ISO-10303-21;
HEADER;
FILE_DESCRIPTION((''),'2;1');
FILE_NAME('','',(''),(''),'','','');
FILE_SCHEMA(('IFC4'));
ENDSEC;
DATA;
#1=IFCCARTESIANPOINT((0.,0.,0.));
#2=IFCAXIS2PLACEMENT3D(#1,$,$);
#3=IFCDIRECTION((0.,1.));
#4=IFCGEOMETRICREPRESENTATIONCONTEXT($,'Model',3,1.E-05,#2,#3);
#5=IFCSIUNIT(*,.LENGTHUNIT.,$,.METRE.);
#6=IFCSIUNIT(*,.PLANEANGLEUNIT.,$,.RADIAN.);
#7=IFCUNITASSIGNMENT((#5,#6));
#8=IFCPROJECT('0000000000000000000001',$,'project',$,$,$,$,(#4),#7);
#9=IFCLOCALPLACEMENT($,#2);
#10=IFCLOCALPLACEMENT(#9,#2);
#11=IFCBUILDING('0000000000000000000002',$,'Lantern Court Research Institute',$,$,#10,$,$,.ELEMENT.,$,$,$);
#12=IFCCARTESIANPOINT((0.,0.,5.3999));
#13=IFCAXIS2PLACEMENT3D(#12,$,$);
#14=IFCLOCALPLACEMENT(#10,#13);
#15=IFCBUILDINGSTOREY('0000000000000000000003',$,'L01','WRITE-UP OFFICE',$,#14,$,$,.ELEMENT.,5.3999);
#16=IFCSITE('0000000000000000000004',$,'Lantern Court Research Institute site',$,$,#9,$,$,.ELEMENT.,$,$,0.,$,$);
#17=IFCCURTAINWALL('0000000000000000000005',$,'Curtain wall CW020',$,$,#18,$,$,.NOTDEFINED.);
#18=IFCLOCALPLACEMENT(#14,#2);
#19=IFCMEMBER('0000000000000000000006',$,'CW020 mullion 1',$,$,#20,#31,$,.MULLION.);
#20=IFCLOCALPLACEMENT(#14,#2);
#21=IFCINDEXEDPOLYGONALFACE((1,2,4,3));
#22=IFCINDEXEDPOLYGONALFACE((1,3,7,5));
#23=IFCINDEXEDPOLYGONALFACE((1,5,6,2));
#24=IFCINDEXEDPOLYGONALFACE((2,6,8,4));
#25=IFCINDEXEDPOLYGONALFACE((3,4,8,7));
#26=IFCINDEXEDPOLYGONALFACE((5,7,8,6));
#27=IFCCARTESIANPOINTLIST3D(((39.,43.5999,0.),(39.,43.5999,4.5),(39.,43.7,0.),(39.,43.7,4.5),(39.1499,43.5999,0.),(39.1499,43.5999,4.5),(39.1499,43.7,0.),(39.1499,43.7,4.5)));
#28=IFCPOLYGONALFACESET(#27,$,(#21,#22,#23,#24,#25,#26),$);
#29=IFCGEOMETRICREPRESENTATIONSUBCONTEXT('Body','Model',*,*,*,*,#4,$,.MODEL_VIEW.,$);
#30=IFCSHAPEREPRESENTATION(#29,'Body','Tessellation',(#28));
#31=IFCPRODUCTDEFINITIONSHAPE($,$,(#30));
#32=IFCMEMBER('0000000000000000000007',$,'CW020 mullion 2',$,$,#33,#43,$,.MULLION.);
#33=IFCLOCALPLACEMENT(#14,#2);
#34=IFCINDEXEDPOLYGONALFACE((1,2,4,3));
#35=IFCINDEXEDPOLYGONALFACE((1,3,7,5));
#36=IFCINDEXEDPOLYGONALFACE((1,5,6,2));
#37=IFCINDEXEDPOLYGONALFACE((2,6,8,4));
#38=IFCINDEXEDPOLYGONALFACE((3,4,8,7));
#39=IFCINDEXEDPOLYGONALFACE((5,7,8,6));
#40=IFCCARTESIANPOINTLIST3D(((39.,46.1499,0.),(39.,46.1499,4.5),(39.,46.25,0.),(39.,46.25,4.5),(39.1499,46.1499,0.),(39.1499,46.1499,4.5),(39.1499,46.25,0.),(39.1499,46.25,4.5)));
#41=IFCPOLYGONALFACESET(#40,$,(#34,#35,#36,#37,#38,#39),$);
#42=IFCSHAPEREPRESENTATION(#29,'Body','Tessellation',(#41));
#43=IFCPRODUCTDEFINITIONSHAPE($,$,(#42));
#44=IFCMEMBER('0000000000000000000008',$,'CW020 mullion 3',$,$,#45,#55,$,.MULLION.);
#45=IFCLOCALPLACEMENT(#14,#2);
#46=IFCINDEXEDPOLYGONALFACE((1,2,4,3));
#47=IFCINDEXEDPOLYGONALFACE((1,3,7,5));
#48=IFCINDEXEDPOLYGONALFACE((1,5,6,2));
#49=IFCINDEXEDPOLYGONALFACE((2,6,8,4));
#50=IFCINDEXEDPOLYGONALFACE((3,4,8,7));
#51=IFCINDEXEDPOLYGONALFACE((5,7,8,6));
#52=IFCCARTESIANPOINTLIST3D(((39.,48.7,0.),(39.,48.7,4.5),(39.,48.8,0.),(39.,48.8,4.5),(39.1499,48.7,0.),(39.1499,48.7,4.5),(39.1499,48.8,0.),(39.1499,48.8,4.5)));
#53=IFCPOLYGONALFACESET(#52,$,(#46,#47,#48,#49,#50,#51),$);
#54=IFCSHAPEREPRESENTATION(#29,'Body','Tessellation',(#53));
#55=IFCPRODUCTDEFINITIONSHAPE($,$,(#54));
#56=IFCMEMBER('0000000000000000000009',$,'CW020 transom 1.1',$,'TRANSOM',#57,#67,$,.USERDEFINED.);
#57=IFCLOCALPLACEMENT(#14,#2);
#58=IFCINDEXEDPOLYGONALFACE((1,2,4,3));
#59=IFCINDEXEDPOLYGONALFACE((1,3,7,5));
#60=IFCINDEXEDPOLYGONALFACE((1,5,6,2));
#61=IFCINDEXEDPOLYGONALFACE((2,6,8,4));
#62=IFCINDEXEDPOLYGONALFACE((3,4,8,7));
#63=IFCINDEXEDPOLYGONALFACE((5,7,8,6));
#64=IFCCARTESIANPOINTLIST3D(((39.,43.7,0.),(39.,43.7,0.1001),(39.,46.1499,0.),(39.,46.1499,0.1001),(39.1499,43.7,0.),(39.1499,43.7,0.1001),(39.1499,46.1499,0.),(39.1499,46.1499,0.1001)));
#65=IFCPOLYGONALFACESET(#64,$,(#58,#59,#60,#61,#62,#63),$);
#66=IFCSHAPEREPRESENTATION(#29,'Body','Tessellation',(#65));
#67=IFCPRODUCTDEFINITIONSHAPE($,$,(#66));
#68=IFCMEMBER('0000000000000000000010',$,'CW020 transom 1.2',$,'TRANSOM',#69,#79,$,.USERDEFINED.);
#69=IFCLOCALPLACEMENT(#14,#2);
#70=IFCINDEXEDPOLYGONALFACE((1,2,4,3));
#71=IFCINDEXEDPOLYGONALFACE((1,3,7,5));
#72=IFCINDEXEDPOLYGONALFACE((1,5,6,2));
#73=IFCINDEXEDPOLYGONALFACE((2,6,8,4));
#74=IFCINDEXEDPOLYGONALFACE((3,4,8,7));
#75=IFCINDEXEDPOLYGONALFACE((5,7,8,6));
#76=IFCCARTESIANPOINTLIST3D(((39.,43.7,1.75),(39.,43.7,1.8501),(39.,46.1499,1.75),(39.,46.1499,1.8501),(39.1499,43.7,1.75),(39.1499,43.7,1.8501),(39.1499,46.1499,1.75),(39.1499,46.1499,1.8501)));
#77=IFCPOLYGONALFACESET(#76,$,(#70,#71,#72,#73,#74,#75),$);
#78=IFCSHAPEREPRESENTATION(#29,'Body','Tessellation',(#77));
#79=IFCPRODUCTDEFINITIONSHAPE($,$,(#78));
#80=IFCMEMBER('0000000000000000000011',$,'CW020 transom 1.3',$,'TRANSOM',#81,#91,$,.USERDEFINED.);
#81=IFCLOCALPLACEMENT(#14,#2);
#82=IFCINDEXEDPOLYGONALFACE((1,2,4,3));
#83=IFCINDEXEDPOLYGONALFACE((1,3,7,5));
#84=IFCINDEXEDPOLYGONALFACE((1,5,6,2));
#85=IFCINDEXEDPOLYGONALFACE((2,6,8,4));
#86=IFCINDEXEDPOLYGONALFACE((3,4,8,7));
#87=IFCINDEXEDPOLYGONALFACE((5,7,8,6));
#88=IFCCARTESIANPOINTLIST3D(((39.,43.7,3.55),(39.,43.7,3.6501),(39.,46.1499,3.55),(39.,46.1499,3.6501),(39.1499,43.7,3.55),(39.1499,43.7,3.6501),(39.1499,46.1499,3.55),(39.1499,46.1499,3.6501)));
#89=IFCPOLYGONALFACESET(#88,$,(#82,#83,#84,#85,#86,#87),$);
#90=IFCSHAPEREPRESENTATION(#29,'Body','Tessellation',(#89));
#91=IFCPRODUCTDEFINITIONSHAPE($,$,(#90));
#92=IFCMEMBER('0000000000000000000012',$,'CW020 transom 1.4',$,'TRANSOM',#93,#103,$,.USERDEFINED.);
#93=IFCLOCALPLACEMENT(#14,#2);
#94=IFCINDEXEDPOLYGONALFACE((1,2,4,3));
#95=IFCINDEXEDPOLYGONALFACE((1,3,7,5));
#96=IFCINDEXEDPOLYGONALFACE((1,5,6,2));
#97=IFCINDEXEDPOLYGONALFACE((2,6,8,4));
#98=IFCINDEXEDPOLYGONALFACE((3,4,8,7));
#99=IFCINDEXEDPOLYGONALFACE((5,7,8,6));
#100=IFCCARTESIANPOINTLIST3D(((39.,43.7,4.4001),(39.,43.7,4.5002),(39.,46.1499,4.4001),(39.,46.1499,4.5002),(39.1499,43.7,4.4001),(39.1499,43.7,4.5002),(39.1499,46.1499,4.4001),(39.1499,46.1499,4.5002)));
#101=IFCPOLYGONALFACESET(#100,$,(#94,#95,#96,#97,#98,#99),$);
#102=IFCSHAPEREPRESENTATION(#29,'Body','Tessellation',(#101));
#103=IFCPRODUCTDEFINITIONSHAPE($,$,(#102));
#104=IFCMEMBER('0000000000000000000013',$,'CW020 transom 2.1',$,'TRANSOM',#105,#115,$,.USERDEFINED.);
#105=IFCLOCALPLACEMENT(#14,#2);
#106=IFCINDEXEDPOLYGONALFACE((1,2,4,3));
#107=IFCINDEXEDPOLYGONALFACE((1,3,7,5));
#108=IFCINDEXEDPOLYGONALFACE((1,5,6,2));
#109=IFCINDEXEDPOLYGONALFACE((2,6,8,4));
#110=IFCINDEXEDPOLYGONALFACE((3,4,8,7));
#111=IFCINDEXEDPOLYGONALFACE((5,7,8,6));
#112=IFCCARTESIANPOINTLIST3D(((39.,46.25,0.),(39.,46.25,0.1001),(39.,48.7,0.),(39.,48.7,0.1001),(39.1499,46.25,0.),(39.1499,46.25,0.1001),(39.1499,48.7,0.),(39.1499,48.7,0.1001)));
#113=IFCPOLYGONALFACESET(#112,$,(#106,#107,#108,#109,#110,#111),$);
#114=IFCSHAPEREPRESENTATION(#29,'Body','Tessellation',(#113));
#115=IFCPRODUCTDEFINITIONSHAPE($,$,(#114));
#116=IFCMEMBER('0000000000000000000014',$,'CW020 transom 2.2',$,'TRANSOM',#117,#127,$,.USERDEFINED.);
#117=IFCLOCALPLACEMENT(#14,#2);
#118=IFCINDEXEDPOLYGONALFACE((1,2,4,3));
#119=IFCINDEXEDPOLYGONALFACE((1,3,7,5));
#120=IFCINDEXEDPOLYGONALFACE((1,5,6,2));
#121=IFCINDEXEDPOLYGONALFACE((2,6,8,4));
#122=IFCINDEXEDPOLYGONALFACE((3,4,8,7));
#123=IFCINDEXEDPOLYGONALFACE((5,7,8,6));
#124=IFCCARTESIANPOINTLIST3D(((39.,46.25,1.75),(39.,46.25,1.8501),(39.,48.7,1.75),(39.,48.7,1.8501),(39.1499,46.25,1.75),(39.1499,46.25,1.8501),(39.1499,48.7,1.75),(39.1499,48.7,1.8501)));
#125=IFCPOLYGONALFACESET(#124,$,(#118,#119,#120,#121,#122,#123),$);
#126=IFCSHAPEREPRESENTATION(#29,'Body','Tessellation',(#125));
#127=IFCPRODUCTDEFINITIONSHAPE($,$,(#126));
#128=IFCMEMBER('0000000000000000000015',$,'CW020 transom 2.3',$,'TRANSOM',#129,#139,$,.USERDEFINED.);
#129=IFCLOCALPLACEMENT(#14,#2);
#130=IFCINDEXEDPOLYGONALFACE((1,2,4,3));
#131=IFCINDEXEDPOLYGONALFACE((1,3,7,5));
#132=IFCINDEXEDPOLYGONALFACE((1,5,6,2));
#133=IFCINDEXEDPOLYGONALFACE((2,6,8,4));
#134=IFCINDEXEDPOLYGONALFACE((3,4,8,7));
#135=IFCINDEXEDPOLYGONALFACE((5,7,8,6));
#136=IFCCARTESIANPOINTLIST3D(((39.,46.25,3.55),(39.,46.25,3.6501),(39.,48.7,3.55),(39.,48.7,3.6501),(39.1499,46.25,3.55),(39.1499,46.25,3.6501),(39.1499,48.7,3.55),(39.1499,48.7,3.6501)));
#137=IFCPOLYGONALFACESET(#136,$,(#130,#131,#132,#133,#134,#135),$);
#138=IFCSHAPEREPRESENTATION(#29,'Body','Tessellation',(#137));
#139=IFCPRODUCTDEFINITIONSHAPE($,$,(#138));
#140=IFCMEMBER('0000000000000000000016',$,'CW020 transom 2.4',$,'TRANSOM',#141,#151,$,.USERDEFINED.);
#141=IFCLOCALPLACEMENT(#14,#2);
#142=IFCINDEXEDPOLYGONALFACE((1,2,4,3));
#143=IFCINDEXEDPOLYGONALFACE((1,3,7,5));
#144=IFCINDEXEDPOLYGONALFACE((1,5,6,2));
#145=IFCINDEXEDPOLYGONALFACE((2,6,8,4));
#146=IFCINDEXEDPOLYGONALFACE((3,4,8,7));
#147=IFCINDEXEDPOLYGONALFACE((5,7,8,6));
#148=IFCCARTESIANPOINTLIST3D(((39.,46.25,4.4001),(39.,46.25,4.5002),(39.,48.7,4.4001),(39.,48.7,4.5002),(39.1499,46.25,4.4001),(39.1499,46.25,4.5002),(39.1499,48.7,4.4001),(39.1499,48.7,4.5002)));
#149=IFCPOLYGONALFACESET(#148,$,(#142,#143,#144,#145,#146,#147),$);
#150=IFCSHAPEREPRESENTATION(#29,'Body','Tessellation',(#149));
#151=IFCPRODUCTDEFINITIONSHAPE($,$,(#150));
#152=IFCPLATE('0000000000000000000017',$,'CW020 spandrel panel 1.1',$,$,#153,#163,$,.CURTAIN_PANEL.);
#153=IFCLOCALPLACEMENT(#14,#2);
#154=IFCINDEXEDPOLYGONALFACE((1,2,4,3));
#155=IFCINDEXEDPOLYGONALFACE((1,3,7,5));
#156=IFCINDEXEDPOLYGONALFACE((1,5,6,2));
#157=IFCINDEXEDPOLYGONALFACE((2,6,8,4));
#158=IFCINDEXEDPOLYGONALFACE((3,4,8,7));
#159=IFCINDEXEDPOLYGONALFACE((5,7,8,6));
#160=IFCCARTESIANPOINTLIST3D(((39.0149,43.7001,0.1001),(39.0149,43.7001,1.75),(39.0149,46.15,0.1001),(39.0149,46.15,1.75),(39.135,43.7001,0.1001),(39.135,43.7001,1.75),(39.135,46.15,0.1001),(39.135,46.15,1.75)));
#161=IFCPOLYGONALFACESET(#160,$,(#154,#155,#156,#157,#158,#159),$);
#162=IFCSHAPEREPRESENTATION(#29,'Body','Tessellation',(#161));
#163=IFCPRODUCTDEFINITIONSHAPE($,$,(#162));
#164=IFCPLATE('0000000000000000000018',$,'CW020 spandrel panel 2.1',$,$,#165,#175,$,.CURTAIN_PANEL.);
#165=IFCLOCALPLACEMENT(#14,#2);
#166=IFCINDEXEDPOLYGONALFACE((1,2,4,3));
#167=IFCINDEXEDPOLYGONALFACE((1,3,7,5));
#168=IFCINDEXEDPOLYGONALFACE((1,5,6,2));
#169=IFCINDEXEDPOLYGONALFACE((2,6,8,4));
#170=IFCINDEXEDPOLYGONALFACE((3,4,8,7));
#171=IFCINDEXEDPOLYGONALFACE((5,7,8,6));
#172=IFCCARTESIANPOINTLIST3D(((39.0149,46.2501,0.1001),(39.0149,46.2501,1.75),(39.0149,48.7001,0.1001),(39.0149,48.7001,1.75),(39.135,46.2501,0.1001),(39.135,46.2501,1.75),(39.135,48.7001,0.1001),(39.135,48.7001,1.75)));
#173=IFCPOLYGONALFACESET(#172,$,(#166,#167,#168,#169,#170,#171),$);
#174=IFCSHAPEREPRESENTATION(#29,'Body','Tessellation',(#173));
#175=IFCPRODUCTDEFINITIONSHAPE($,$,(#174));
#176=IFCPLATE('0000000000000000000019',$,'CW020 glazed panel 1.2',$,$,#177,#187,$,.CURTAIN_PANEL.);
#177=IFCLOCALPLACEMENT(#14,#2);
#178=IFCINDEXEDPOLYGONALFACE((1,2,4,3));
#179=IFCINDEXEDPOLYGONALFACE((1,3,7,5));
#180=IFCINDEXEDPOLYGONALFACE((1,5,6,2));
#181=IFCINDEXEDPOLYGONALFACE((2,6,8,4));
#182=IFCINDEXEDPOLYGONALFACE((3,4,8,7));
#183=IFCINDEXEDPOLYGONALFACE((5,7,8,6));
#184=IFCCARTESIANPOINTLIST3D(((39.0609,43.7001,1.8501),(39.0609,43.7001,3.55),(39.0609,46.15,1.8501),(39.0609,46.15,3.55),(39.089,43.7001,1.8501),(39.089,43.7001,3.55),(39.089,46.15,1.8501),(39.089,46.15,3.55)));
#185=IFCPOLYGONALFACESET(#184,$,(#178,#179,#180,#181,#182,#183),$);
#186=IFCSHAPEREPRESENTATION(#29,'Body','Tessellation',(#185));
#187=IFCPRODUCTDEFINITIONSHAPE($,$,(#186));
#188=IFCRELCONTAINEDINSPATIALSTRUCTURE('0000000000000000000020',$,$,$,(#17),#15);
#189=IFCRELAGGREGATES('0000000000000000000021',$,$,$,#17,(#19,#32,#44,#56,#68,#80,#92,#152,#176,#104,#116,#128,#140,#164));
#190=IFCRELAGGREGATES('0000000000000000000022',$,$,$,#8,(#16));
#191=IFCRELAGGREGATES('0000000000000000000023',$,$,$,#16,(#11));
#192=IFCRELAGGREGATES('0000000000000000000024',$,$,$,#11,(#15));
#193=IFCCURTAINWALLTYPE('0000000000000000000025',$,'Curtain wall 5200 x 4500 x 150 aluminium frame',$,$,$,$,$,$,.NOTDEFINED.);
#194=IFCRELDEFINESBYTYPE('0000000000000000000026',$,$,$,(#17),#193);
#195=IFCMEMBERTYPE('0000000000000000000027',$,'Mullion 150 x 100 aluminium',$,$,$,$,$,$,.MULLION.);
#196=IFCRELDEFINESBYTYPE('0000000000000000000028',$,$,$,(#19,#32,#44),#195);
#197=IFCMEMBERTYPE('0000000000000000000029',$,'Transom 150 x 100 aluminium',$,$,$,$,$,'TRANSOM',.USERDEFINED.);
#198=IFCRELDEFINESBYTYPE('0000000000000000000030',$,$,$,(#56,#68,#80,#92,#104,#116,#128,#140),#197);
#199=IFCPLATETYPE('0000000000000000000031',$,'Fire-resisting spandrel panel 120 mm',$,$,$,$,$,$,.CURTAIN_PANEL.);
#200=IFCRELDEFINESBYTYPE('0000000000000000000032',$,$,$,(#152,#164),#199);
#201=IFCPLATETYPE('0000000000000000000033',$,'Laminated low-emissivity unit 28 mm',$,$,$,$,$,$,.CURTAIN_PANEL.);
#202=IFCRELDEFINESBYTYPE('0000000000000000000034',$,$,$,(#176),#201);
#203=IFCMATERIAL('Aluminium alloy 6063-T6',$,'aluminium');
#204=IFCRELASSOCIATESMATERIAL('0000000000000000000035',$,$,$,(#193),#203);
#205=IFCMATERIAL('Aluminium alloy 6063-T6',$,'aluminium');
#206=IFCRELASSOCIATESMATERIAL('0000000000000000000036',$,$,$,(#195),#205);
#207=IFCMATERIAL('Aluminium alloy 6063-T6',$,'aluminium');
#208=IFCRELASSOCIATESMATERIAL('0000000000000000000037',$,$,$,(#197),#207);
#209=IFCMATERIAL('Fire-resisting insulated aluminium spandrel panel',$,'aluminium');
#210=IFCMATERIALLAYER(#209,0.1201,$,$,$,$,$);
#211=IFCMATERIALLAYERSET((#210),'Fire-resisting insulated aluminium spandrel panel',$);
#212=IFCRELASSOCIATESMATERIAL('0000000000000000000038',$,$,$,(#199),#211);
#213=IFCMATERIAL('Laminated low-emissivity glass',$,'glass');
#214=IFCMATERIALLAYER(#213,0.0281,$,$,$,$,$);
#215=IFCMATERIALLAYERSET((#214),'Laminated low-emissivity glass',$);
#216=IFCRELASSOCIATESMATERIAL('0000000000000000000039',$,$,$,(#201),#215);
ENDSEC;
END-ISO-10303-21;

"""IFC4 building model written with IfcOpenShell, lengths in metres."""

from ifc_helpers import new_model, si_unit, direction, frame, origin, origin_2d, place, context, subcontext, project, spatial, rectangle, extrude, material, layer, layer_set, material_profile, profile_set, type_object, element, aggregate, save


model = new_model("IFC4")

# Units and contexts
model_context = context("Model", 3, precision=1e-05, world=origin(), true_north=direction((0.0, 1.0)))
body_context = subcontext(model_context, "Body", "Model", "MODEL_VIEW")
ifc_project = project(units=[si_unit("LENGTHUNIT", "METRE"), si_unit("PLANEANGLEUNIT", "RADIAN")], contexts=[model_context])

# Site, building, storey
site_placement = place(None, origin())
site = spatial("IfcSite", under=ifc_project, at=site_placement, Name="Lantern Court Research Institute site", CompositionType="ELEMENT", RefElevation=0.0)
building_placement = place(site_placement, origin())
building = spatial("IfcBuilding", under=site, at=building_placement, Name="Lantern Court Research Institute", CompositionType="ELEMENT")
storey_placement = place(building_placement, frame((0.0, 0.0, 5.3999)))
storey = spatial("IfcBuildingStorey", under=building, at=storey_placement, Name="L01", Description="WRITE-UP OFFICE", CompositionType="ELEMENT", Elevation=5.3999)

# Curtain wall, members, plates
ifc_material_1 = material(Name="Aluminium alloy 6063-T6", Category="aluminium")
curtain_wall_type = type_object("IfcCurtainWallType", Name="Curtain wall 5200 x 4500 x 150 aluminium frame", PredefinedType="NOTDEFINED", material=ifc_material_1)
curtain_wall_placement = place(storey_placement, origin())
curtain_wall = element("IfcCurtainWall", 1, at=curtain_wall_placement, inside=storey, type_object=curtain_wall_type, Name="Curtain wall CW020", PredefinedType="NOTDEFINED")
ifc_material_2 = material(Name="Aluminium alloy 6063-T6", Category="aluminium")
ifc_material_profile_1 = material_profile(ifc_material_2, rectangle(XDim=0.1499, YDim=0.1001, at=origin_2d()), Name="Mullion 150 x 100")
ifc_profile_set_1 = profile_set([ifc_material_profile_1], Name="Aluminium alloy 6063-T6")
member_type_1 = type_object("IfcMemberType", Name="Mullion 150 x 100 aluminium", PredefinedType="MULLION", material=ifc_profile_set_1)
member_1_placement = place(storey_placement, frame((39.075, 43.6499, 0.0), z_axis=(0.0, 0.0, 1.0), x_axis=(-1.0, 0.0, 0.0)))
member_1 = element("IfcMember", 2, at=member_1_placement, type_object=member_type_1, Name="CW020 mullion 1", PredefinedType="MULLION", context=body_context, shape_type="SweptSolid", body=[
    extrude(rectangle(XDim=0.1499, YDim=0.1001, at=origin_2d()), origin(), (0.0, 0.0, 1.0), 4.5),
])
member_2_placement = place(storey_placement, frame((39.075, 46.2, 0.0), z_axis=(0.0, 0.0, 1.0), x_axis=(-1.0, 0.0, 0.0)))
member_2 = element("IfcMember", 3, at=member_2_placement, type_object=member_type_1, Name="CW020 mullion 2", PredefinedType="MULLION", context=body_context, shape_type="SweptSolid", body=[
    extrude(rectangle(XDim=0.1499, YDim=0.1001, at=origin_2d()), origin(), (0.0, 0.0, 1.0), 4.5),
])
member_3_placement = place(storey_placement, frame((39.075, 48.75, 0.0), z_axis=(0.0, 0.0, 1.0), x_axis=(-1.0, 0.0, 0.0)))
member_3 = element("IfcMember", 4, at=member_3_placement, type_object=member_type_1, Name="CW020 mullion 3", PredefinedType="MULLION", context=body_context, shape_type="SweptSolid", body=[
    extrude(rectangle(XDim=0.1499, YDim=0.1001, at=origin_2d()), origin(), (0.0, 0.0, 1.0), 4.5),
])
ifc_material_3 = material(Name="Aluminium alloy 6063-T6", Category="aluminium")
ifc_material_profile_2 = material_profile(ifc_material_3, rectangle(XDim=0.1499, YDim=0.1001, at=origin_2d()), Name="Transom 150 x 100")
ifc_profile_set_2 = profile_set([ifc_material_profile_2], Name="Aluminium alloy 6063-T6")
member_type_2 = type_object("IfcMemberType", Name="Transom 150 x 100 aluminium", ElementType="TRANSOM", PredefinedType="USERDEFINED", material=ifc_profile_set_2)
member_4_placement = place(storey_placement, frame((39.075, 43.7, 0.05), z_axis=(0.0, 1.0, 0.0), x_axis=(-1.0, 0.0, 0.0)))
member_4 = element("IfcMember", 5, at=member_4_placement, type_object=member_type_2, Name="CW020 transom 1.1", ObjectType="TRANSOM", PredefinedType="USERDEFINED", context=body_context, shape_type="SweptSolid", body=[
    extrude(rectangle(XDim=0.1499, YDim=0.1001, at=origin_2d()), origin(), (0.0, 0.0, 1.0), 2.45),
])
member_5_placement = place(storey_placement, frame((39.075, 43.7, 1.8), z_axis=(0.0, 1.0, 0.0), x_axis=(-1.0, 0.0, 0.0)))
member_5 = element("IfcMember", 6, at=member_5_placement, type_object=member_type_2, Name="CW020 transom 1.2", ObjectType="TRANSOM", PredefinedType="USERDEFINED", context=body_context, shape_type="SweptSolid", body=[
    extrude(rectangle(XDim=0.1499, YDim=0.1001, at=origin_2d()), origin(), (0.0, 0.0, 1.0), 2.45),
])
member_6_placement = place(storey_placement, frame((39.075, 43.7, 3.6001), z_axis=(0.0, 1.0, 0.0), x_axis=(-1.0, 0.0, 0.0)))
member_6 = element("IfcMember", 7, at=member_6_placement, type_object=member_type_2, Name="CW020 transom 1.3", ObjectType="TRANSOM", PredefinedType="USERDEFINED", context=body_context, shape_type="SweptSolid", body=[
    extrude(rectangle(XDim=0.1499, YDim=0.1001, at=origin_2d()), origin(), (0.0, 0.0, 1.0), 2.45),
])
member_7_placement = place(storey_placement, frame((39.075, 43.7, 4.4502), z_axis=(0.0, 1.0, 0.0), x_axis=(-1.0, 0.0, 0.0)))
member_7 = element("IfcMember", 8, at=member_7_placement, type_object=member_type_2, Name="CW020 transom 1.4", ObjectType="TRANSOM", PredefinedType="USERDEFINED", context=body_context, shape_type="SweptSolid", body=[
    extrude(rectangle(XDim=0.1499, YDim=0.1001, at=origin_2d()), origin(), (0.0, 0.0, 1.0), 2.45),
])
member_8_placement = place(storey_placement, frame((39.075, 46.25, 0.05), z_axis=(0.0, 1.0, 0.0), x_axis=(-1.0, 0.0, 0.0)))
member_8 = element("IfcMember", 9, at=member_8_placement, type_object=member_type_2, Name="CW020 transom 2.1", ObjectType="TRANSOM", PredefinedType="USERDEFINED", context=body_context, shape_type="SweptSolid", body=[
    extrude(rectangle(XDim=0.1499, YDim=0.1001, at=origin_2d()), origin(), (0.0, 0.0, 1.0), 2.45),
])
member_9_placement = place(storey_placement, frame((39.075, 46.25, 1.8), z_axis=(0.0, 1.0, 0.0), x_axis=(-1.0, 0.0, 0.0)))
member_9 = element("IfcMember", 10, at=member_9_placement, type_object=member_type_2, Name="CW020 transom 2.2", ObjectType="TRANSOM", PredefinedType="USERDEFINED", context=body_context, shape_type="SweptSolid", body=[
    extrude(rectangle(XDim=0.1499, YDim=0.1001, at=origin_2d()), origin(), (0.0, 0.0, 1.0), 2.45),
])
member_10_placement = place(storey_placement, frame((39.075, 46.25, 3.6001), z_axis=(0.0, 1.0, 0.0), x_axis=(-1.0, 0.0, 0.0)))
member_10 = element("IfcMember", 11, at=member_10_placement, type_object=member_type_2, Name="CW020 transom 2.3", ObjectType="TRANSOM", PredefinedType="USERDEFINED", context=body_context, shape_type="SweptSolid", body=[
    extrude(rectangle(XDim=0.1499, YDim=0.1001, at=origin_2d()), origin(), (0.0, 0.0, 1.0), 2.45),
])
member_11_placement = place(storey_placement, frame((39.075, 46.25, 4.4502), z_axis=(0.0, 1.0, 0.0), x_axis=(-1.0, 0.0, 0.0)))
member_11 = element("IfcMember", 12, at=member_11_placement, type_object=member_type_2, Name="CW020 transom 2.4", ObjectType="TRANSOM", PredefinedType="USERDEFINED", context=body_context, shape_type="SweptSolid", body=[
    extrude(rectangle(XDim=0.1499, YDim=0.1001, at=origin_2d()), origin(), (0.0, 0.0, 1.0), 2.45),
])
ifc_material_4 = material(Name="Fire-resisting insulated aluminium spandrel panel", Category="aluminium")
ifc_layer_1 = layer(ifc_material_4, 0.1201)
ifc_layer_set_1 = layer_set([ifc_layer_1], Name="Fire-resisting insulated aluminium spandrel panel")
plate_type_1 = type_object("IfcPlateType", Name="Fire-resisting spandrel panel 120 mm", PredefinedType="CURTAIN_PANEL", material=ifc_layer_set_1)
plate_1_placement = place(storey_placement, frame((39.075, 44.925, 0.1001), z_axis=(0.0, 0.0, 1.0), x_axis=(0.0, 1.0, 0.0)))
plate_1 = element("IfcPlate", 13, at=plate_1_placement, type_object=plate_type_1, Name="CW020 spandrel panel 1.1", PredefinedType="CURTAIN_PANEL", context=body_context, shape_type="SweptSolid", body=[
    extrude(rectangle(XDim=2.45, YDim=0.1201, at=origin_2d()), origin(), (0.0, 0.0, 1.0), 1.6499),
])
plate_2_placement = place(storey_placement, frame((39.075, 47.4751, 0.1001), z_axis=(0.0, 0.0, 1.0), x_axis=(0.0, 1.0, 0.0)))
plate_2 = element("IfcPlate", 14, at=plate_2_placement, type_object=plate_type_1, Name="CW020 spandrel panel 2.1", PredefinedType="CURTAIN_PANEL", context=body_context, shape_type="SweptSolid", body=[
    extrude(rectangle(XDim=2.45, YDim=0.1201, at=origin_2d()), origin(), (0.0, 0.0, 1.0), 1.6499),
])
ifc_material_5 = material(Name="Laminated low-emissivity glass", Category="glass")
ifc_layer_2 = layer(ifc_material_5, 0.0281)
ifc_layer_set_2 = layer_set([ifc_layer_2], Name="Laminated low-emissivity glass")
plate_type_2 = type_object("IfcPlateType", Name="Laminated low-emissivity unit 28 mm", PredefinedType="CURTAIN_PANEL", material=ifc_layer_set_2)
plate_3_placement = place(storey_placement, frame((39.075, 44.925, 1.8501), z_axis=(0.0, 0.0, 1.0), x_axis=(0.0, 1.0, 0.0)))
plate_3 = element("IfcPlate", 15, at=plate_3_placement, type_object=plate_type_2, Name="CW020 glazed panel 1.2", PredefinedType="CURTAIN_PANEL", context=body_context, shape_type="SweptSolid", body=[
    extrude(rectangle(XDim=2.45, YDim=0.0281, at=origin_2d()), origin(), (0.0, 0.0, 1.0), 1.7),
])
aggregate(curtain_wall, [member_1, member_2, member_3, member_4, member_5, member_6, member_7, plate_1, plate_3, member_8, member_9, member_10, member_11, plate_2])

save(model, "model.ifc")
